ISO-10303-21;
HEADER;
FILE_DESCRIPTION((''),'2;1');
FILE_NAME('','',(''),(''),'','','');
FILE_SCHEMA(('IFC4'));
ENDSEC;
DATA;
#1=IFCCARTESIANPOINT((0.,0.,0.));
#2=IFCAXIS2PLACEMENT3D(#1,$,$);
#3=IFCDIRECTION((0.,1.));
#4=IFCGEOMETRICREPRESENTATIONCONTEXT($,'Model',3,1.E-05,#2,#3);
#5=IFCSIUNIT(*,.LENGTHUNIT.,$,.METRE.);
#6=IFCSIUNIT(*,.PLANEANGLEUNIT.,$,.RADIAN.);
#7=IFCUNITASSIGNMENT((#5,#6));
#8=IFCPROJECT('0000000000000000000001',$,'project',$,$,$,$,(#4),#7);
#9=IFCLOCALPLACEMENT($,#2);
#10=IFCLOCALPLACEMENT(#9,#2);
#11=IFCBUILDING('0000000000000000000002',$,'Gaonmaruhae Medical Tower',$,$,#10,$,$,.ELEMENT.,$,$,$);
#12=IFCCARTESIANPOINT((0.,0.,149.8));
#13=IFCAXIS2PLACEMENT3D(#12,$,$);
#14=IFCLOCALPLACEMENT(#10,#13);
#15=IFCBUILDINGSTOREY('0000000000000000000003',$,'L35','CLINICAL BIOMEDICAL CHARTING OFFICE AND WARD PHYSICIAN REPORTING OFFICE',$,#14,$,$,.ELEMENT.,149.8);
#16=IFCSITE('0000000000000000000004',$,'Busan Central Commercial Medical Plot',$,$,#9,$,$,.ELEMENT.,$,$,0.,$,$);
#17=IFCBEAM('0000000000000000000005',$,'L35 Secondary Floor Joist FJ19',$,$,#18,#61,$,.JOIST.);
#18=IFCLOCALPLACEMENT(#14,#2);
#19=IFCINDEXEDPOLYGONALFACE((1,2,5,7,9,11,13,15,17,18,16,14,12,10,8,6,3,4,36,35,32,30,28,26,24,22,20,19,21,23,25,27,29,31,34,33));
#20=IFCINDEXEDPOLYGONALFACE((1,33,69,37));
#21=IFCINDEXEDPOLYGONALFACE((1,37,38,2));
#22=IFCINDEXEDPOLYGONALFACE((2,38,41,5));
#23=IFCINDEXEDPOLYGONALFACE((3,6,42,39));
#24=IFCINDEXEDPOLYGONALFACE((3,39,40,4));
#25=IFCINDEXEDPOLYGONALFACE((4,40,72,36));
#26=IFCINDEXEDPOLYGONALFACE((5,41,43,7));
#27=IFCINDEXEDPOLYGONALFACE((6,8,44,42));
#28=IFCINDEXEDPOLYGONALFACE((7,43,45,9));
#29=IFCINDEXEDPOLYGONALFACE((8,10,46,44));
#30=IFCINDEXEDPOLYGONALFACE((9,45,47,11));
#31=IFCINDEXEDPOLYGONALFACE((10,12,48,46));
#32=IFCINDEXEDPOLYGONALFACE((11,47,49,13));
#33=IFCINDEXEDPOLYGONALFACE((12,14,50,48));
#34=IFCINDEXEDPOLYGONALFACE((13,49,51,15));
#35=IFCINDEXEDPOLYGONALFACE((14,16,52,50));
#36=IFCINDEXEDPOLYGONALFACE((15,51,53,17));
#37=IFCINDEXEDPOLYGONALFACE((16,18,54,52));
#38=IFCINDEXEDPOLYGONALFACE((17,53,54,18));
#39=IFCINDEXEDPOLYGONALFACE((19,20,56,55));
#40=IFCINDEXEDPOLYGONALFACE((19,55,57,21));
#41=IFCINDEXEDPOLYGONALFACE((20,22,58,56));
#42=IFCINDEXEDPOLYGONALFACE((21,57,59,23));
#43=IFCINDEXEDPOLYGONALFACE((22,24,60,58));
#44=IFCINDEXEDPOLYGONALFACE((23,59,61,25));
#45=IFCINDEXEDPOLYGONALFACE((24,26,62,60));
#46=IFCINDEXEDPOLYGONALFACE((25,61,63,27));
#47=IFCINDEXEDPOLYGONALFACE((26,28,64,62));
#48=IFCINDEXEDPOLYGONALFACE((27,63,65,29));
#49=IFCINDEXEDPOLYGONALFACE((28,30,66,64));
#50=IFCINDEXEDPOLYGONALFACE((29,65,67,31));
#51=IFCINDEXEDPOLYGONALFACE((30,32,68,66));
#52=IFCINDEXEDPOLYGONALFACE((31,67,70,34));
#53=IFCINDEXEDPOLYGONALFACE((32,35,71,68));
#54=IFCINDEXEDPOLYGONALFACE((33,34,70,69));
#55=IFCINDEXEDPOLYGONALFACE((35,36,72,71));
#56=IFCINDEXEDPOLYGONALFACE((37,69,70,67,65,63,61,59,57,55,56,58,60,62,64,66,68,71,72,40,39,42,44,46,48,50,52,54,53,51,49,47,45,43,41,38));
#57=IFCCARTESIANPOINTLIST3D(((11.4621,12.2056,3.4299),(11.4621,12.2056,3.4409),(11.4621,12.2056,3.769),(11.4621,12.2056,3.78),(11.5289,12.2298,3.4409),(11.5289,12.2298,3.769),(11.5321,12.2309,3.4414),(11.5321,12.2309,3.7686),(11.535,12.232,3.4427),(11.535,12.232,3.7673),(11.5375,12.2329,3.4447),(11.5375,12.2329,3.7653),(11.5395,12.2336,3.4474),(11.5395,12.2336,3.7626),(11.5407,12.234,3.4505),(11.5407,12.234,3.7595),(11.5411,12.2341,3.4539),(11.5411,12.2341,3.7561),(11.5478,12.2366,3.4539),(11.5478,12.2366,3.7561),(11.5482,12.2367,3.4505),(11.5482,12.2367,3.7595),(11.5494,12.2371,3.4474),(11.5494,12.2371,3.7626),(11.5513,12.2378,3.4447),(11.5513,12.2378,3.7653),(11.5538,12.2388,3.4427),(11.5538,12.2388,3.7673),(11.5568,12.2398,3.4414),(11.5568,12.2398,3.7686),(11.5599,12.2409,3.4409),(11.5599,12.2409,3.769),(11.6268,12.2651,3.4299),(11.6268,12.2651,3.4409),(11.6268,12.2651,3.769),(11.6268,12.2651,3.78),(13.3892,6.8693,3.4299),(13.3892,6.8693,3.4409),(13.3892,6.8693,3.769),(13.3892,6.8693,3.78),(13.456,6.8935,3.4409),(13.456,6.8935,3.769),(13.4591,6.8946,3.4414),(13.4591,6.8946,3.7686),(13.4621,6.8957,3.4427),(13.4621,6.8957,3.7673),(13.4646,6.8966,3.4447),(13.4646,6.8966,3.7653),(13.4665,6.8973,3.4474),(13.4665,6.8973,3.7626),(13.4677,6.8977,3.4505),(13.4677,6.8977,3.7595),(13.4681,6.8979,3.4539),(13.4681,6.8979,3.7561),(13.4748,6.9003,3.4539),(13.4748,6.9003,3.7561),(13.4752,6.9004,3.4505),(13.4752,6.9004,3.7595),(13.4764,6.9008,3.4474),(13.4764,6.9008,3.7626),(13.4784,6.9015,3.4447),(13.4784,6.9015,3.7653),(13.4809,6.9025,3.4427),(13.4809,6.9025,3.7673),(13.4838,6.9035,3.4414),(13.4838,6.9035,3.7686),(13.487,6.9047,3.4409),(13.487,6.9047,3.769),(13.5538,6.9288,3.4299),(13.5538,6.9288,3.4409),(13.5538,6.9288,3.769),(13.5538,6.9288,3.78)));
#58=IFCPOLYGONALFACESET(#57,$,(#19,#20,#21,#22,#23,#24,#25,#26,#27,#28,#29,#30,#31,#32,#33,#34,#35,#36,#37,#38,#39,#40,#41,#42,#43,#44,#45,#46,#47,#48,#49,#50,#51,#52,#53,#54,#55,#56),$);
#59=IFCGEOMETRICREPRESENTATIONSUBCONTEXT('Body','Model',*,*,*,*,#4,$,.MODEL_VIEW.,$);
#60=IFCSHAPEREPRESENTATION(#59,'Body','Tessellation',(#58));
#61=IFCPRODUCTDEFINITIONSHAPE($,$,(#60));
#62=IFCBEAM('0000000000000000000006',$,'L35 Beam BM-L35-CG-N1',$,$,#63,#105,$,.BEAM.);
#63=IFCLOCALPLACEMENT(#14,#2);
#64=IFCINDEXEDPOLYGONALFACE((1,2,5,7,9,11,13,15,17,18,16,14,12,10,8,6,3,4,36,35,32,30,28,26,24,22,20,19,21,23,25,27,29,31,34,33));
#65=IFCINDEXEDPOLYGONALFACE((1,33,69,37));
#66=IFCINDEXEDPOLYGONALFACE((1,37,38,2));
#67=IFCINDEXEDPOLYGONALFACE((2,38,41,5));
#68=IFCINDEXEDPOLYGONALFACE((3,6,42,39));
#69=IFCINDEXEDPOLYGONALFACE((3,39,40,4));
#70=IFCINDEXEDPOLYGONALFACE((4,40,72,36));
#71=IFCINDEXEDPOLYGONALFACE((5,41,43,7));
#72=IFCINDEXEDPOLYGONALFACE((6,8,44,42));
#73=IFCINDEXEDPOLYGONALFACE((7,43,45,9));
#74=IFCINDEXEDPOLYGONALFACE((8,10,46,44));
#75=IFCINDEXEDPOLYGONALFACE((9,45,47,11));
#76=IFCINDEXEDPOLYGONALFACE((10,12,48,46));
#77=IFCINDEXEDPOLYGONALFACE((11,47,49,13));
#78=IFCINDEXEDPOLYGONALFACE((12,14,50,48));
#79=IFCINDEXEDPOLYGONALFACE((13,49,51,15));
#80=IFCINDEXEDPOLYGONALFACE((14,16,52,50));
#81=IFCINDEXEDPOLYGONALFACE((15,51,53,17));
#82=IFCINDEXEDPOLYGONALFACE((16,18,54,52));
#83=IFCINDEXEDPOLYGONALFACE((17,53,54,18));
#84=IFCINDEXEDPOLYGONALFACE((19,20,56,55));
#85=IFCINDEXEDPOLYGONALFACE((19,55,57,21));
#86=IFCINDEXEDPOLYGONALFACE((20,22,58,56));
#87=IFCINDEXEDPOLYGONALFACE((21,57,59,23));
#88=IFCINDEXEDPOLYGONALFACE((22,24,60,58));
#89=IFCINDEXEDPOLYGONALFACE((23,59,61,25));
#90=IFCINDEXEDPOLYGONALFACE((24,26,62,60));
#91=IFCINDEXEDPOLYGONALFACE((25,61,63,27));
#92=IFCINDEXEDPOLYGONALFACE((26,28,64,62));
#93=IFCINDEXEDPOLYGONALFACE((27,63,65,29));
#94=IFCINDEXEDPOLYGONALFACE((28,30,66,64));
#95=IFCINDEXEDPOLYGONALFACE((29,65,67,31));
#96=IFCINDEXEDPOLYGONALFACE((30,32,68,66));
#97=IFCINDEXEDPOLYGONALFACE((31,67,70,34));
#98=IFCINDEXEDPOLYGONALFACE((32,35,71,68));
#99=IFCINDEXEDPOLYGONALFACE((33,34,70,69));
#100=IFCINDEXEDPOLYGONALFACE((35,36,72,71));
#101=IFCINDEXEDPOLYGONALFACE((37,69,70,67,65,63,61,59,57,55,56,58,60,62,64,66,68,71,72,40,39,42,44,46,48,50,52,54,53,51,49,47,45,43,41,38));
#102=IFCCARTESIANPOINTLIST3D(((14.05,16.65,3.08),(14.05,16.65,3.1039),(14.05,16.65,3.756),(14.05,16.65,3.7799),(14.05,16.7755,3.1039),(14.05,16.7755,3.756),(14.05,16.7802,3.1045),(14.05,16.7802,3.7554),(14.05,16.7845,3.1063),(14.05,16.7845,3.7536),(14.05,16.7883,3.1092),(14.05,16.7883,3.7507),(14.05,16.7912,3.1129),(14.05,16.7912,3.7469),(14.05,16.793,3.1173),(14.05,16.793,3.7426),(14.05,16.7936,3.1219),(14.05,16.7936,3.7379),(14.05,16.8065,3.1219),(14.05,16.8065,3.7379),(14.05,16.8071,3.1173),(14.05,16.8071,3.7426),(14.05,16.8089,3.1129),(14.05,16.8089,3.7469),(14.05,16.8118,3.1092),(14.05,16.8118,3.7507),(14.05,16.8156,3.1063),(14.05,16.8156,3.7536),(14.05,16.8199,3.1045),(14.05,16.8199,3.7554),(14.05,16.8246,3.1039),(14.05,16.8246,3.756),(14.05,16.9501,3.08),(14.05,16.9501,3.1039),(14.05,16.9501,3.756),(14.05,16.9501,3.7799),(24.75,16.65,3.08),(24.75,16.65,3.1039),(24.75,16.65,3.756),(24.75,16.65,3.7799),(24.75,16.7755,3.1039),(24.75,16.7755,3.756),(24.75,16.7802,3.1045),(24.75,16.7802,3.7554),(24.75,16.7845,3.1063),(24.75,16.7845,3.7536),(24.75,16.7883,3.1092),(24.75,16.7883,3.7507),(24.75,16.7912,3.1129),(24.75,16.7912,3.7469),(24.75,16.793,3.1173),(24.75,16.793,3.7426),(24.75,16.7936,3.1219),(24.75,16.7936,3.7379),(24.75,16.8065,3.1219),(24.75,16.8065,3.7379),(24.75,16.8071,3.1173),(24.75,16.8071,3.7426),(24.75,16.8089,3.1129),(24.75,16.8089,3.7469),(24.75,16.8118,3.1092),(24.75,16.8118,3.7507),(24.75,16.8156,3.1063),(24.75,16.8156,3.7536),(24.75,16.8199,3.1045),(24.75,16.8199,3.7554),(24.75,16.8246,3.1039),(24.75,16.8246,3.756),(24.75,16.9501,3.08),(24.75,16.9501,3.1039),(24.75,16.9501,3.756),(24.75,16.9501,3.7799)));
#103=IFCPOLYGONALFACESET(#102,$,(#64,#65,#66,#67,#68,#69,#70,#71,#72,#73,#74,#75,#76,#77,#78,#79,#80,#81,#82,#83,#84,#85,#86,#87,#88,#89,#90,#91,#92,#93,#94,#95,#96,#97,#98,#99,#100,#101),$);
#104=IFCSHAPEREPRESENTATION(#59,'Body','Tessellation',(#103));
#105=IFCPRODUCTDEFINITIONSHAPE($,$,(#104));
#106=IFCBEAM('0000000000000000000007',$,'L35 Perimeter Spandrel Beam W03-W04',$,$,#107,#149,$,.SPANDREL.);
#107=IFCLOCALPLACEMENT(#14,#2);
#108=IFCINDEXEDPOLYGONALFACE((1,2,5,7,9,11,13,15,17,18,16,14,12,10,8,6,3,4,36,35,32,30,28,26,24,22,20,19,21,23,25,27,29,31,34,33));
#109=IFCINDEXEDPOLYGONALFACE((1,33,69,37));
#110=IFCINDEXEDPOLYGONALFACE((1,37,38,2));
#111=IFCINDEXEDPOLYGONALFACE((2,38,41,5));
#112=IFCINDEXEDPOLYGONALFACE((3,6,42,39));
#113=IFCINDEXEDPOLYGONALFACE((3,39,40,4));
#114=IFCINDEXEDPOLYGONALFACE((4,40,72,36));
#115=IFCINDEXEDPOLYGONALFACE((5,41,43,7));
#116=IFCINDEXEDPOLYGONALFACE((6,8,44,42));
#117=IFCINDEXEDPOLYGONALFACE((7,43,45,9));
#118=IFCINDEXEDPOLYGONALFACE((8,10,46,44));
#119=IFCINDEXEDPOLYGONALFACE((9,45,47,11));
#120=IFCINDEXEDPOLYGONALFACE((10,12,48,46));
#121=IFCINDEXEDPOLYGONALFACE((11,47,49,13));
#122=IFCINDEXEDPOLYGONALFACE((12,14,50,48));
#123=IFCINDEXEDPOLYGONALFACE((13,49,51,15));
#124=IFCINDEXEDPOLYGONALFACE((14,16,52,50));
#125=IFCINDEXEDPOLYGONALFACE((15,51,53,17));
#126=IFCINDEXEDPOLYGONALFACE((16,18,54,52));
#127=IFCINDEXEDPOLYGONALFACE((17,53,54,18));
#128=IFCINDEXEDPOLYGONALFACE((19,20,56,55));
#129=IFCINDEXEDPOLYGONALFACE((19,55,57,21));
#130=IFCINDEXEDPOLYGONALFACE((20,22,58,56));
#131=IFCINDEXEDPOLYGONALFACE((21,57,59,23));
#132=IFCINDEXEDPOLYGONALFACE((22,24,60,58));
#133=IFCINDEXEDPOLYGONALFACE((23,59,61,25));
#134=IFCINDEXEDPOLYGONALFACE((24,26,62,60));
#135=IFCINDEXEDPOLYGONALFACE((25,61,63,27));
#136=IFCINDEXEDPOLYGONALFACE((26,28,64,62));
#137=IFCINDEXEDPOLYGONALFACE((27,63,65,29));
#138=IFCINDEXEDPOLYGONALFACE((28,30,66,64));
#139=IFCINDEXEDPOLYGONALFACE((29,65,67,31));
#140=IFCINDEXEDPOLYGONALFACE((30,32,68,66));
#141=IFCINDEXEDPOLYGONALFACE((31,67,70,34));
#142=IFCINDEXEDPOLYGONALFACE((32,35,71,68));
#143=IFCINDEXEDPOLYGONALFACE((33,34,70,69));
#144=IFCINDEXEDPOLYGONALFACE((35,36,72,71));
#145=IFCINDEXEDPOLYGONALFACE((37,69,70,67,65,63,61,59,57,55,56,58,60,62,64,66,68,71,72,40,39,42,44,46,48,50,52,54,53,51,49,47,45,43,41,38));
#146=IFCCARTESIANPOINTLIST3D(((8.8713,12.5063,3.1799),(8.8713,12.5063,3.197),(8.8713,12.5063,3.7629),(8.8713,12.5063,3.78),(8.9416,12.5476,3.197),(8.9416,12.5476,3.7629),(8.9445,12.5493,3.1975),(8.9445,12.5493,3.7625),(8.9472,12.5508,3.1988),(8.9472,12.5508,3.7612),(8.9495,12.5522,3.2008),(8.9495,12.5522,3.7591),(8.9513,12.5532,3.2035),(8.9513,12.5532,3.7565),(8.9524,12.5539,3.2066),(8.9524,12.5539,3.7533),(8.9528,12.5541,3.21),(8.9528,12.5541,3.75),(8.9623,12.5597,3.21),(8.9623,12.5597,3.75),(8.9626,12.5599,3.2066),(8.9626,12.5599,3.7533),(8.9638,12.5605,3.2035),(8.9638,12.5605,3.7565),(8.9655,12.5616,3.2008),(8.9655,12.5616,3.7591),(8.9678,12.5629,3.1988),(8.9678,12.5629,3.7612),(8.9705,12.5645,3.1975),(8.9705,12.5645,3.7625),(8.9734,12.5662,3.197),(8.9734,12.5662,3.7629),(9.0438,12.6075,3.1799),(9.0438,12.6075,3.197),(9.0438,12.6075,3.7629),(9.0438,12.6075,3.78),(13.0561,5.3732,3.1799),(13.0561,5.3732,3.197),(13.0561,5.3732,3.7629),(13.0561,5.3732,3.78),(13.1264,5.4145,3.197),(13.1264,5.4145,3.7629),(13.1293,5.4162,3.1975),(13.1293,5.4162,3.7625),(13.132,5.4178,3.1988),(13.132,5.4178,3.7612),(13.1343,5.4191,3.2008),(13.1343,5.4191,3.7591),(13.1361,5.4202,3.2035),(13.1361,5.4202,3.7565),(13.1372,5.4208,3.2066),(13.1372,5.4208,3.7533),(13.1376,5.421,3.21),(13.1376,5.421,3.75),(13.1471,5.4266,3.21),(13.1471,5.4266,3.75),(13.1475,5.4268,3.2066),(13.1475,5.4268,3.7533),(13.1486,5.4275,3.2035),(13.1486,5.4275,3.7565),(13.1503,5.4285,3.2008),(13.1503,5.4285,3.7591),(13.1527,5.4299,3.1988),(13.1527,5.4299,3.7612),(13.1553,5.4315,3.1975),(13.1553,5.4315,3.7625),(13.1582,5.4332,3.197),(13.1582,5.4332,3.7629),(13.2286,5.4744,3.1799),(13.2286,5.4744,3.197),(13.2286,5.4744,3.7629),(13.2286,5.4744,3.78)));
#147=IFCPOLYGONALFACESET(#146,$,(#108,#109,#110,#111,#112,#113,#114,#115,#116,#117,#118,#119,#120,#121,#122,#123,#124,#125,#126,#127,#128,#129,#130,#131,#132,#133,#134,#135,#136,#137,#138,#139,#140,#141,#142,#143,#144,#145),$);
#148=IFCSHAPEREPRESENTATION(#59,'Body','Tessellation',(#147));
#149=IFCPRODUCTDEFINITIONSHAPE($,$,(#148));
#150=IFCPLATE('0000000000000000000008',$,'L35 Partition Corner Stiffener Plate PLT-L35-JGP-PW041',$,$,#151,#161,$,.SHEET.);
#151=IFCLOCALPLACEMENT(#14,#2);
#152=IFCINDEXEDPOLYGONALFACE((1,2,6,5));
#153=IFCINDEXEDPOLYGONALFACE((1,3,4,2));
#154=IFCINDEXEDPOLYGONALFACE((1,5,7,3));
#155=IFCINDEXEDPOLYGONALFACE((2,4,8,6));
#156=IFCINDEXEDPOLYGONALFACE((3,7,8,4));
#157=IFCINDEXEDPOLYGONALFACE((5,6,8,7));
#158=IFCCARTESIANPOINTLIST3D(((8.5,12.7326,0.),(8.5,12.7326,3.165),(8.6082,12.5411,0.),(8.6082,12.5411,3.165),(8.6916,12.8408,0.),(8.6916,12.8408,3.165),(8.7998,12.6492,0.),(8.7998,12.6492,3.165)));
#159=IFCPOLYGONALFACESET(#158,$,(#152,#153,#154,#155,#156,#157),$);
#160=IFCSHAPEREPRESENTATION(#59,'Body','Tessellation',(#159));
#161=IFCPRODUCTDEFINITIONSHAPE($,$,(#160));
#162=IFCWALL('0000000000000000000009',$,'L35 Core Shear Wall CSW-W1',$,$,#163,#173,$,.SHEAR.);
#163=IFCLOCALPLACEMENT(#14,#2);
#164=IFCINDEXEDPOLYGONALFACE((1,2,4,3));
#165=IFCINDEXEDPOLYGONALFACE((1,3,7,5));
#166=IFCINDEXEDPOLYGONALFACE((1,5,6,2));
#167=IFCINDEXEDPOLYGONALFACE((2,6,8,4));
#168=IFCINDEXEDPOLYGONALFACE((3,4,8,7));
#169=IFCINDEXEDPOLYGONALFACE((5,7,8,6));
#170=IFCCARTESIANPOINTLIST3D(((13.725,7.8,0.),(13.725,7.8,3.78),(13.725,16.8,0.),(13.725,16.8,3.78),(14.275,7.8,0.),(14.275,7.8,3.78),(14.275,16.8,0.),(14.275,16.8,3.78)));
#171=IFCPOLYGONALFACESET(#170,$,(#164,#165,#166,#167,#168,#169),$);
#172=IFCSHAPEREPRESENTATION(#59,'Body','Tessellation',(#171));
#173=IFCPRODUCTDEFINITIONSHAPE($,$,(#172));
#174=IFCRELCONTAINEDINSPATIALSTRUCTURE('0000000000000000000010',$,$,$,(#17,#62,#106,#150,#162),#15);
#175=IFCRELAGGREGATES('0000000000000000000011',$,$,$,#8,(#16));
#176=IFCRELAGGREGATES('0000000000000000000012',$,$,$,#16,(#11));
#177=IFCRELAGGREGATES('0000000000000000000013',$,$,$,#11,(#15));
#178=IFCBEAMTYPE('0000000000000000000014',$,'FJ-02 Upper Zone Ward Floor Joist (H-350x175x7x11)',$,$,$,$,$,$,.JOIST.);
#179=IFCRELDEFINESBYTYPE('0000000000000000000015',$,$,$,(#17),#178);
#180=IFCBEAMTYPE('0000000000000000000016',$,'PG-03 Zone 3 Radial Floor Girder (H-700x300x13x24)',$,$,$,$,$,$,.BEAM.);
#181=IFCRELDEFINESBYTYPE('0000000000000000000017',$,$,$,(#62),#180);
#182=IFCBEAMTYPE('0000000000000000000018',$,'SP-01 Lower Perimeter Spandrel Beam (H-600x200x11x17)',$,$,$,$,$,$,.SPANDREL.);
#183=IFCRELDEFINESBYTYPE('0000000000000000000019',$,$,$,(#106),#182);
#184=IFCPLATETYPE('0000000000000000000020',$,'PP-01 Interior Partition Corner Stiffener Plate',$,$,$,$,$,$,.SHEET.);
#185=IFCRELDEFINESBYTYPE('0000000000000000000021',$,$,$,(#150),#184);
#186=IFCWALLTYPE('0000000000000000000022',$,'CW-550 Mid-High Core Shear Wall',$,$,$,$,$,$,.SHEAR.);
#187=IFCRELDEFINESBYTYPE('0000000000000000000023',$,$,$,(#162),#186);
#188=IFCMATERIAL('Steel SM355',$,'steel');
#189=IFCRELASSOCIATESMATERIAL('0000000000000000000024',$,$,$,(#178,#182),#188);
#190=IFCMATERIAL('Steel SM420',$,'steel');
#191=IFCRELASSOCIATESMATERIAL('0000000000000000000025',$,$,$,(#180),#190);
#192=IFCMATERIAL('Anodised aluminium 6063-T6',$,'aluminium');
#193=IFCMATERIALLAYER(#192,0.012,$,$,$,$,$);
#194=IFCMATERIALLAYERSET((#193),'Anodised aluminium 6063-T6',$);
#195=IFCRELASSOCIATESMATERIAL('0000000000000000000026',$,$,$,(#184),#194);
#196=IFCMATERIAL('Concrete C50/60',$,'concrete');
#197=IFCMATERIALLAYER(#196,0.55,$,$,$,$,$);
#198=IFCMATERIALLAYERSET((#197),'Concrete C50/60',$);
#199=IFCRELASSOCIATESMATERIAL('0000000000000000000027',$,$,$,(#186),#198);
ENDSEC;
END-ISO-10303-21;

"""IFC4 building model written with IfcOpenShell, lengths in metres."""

from ifc_helpers import new_model, si_unit, direction, frame, frame_2d, origin, origin_2d, place, context, subcontext, project, spatial, rectangle, i_section, extrude, material, layer, layer_set, material_profile, profile_set, type_object, element, save


model = new_model("IFC4")

# Units and contexts
model_context = context("Model", 3, precision=1e-05, world=origin(), true_north=direction((0.0, 1.0)))
body_context = subcontext(model_context, "Body", "Model", "MODEL_VIEW")
ifc_project = project(units=[si_unit("LENGTHUNIT", "METRE"), si_unit("PLANEANGLEUNIT", "RADIAN")], contexts=[model_context])

# Site, building, storey
site_placement = place(None, origin())
site = spatial("IfcSite", under=ifc_project, at=site_placement, Name="Busan Central Commercial Medical Plot", CompositionType="ELEMENT", RefElevation=0.0)
building_placement = place(site_placement, origin())
building = spatial("IfcBuilding", under=site, at=building_placement, Name="Gaonmaruhae Medical Tower", CompositionType="ELEMENT")
storey_placement = place(building_placement, frame((0.0, 0.0, 149.8)))
storey = spatial("IfcBuildingStorey", under=building, at=storey_placement, Name="L35", Description="CLINICAL BIOMEDICAL CHARTING OFFICE AND WARD PHYSICIAN REPORTING OFFICE", CompositionType="ELEMENT", Elevation=149.8)

# Shared definitions
ifc_material_1 = material(Name="Concrete C50/60", Category="concrete")

# Beams
ifc_material_2 = material(Name="Steel SM420", Category="steel")
ifc_material_3 = material(Name="Steel SM355", Category="steel")
ifc_material_profile_1 = material_profile(ifc_material_3, i_section(OverallWidth=0.175, OverallDepth=0.3501, WebThickness=0.0071, FlangeThickness=0.011, FilletRadius=0.0129, at=origin_2d()), Name="H-350x175x7x11")
ifc_profile_set_1 = profile_set([ifc_material_profile_1], Name="Steel SM355")
beam_type_1 = type_object("IfcBeamType", Name="FJ-02 Upper Zone Ward Floor Joist (H-350x175x7x11)", PredefinedType="JOIST", material=ifc_profile_set_1)
beam_1_placement = place(storey_placement, frame((11.5444, 12.2354, 3.605), z_axis=(0.339652, -0.940551, 0.0), x_axis=(0.940551, 0.339652, 0.0)))
element("IfcBeam", 1, at=beam_1_placement, inside=storey, type_object=beam_type_1, Name="L35 Secondary Floor Joist FJ19", PredefinedType="JOIST", context=body_context, shape_type="SweptSolid", body=[
    extrude(i_section(OverallWidth=0.175, OverallDepth=0.3501, WebThickness=0.0071, FlangeThickness=0.011, FilletRadius=0.0129, at=origin_2d()), origin(), (0.0, 0.0, 1.0), 5.6736),
])
ifc_material_profile_2 = material_profile(ifc_material_2, i_section(OverallWidth=0.3, OverallDepth=0.7, WebThickness=0.0129, FlangeThickness=0.0239, FilletRadius=0.0181, at=origin_2d()), Name="H-700x300x13x24")
ifc_profile_set_2 = profile_set([ifc_material_profile_2], Name="Steel SM420")
beam_type_2 = type_object("IfcBeamType", Name="PG-03 Zone 3 Radial Floor Girder (H-700x300x13x24)", PredefinedType="BEAM", material=ifc_profile_set_2)
beam_2_placement = place(storey_placement, frame((14.05, 16.8, 3.4299), z_axis=(1.0, 0.0, 0.0), x_axis=(0.0, 1.0, 0.0)))
element("IfcBeam", 2, at=beam_2_placement, inside=storey, type_object=beam_type_2, Name="L35 Beam BM-L35-CG-N1", PredefinedType="BEAM", context=body_context, shape_type="SweptSolid", body=[
    extrude(i_section(OverallWidth=0.3, OverallDepth=0.7, WebThickness=0.0129, FlangeThickness=0.0239, FilletRadius=0.0181, at=origin_2d()), origin(), (0.0, 0.0, 1.0), 10.7),
])
ifc_material_profile_3 = material_profile(ifc_material_3, i_section(OverallWidth=0.2, OverallDepth=0.6001, WebThickness=0.011, FlangeThickness=0.0171, FilletRadius=0.0129, at=origin_2d()), Name="H-600x200x11x17")
ifc_profile_set_3 = profile_set([ifc_material_profile_3], Name="Steel SM355")
beam_type_3 = type_object("IfcBeamType", Name="SP-01 Lower Perimeter Spandrel Beam (H-600x200x11x17)", PredefinedType="SPANDREL", material=ifc_profile_set_3)
beam_3_placement = place(storey_placement, frame((8.9575, 12.5569, 3.48), z_axis=(0.506023, -0.86252, 0.0), x_axis=(0.86252, 0.506023, 0.0)))
element("IfcBeam", 3, at=beam_3_placement, inside=storey, type_object=beam_type_3, Name="L35 Perimeter Spandrel Beam W03-W04", PredefinedType="SPANDREL", context=body_context, shape_type="SweptSolid", body=[
    extrude(i_section(OverallWidth=0.2, OverallDepth=0.6001, WebThickness=0.011, FlangeThickness=0.0171, FilletRadius=0.0129, at=origin_2d()), origin(), (0.0, 0.0, 1.0), 8.27),
])

# Plate
ifc_material_4 = material(Name="Anodised aluminium 6063-T6", Category="aluminium")
ifc_layer_1 = layer(ifc_material_4, 0.012)
ifc_layer_set_1 = layer_set([ifc_layer_1], Name="Anodised aluminium 6063-T6")
plate_type = type_object("IfcPlateType", Name="PP-01 Interior Partition Corner Stiffener Plate", PredefinedType="SHEET", material=ifc_layer_set_1)
plate_placement = place(storey_placement, frame((8.6499, 12.6909, 0.0), z_axis=(0.0, 0.0, 1.0), x_axis=(-0.491785, 0.870716, 0.0)))
element("IfcPlate", 4, at=plate_placement, inside=storey, type_object=plate_type, Name="L35 Partition Corner Stiffener Plate PLT-L35-JGP-PW041", PredefinedType="SHEET", context=body_context, shape_type="SweptSolid", body=[
    extrude(rectangle(XDim=0.22, YDim=0.22, at=origin_2d()), origin(), (0.0, 0.0, 1.0), 3.165),
])

# Wall
ifc_layer_2 = layer(ifc_material_1, 0.55)
ifc_layer_set_2 = layer_set([ifc_layer_2], Name="Concrete C50/60")
wall_type_1 = type_object("IfcWallType", Name="CW-550 Mid-High Core Shear Wall", PredefinedType="SHEAR", material=ifc_layer_set_2)
wall_1_placement = place(storey_placement, frame((14.0, 16.8, 0.0), z_axis=(0.0, 0.0, 1.0), x_axis=(0.0, -1.0, 0.0)))
element("IfcWall", 5, at=wall_1_placement, inside=storey, type_object=wall_type_1, Name="L35 Core Shear Wall CSW-W1", PredefinedType="SHEAR", context=body_context, shape_type="SweptSolid", body=[
    extrude(rectangle(XDim=9.0, YDim=0.55, at=frame_2d((4.5, 0.0))), origin(), (0.0, 0.0, 1.0), 3.78),
])

save(model, "model.ifc")
